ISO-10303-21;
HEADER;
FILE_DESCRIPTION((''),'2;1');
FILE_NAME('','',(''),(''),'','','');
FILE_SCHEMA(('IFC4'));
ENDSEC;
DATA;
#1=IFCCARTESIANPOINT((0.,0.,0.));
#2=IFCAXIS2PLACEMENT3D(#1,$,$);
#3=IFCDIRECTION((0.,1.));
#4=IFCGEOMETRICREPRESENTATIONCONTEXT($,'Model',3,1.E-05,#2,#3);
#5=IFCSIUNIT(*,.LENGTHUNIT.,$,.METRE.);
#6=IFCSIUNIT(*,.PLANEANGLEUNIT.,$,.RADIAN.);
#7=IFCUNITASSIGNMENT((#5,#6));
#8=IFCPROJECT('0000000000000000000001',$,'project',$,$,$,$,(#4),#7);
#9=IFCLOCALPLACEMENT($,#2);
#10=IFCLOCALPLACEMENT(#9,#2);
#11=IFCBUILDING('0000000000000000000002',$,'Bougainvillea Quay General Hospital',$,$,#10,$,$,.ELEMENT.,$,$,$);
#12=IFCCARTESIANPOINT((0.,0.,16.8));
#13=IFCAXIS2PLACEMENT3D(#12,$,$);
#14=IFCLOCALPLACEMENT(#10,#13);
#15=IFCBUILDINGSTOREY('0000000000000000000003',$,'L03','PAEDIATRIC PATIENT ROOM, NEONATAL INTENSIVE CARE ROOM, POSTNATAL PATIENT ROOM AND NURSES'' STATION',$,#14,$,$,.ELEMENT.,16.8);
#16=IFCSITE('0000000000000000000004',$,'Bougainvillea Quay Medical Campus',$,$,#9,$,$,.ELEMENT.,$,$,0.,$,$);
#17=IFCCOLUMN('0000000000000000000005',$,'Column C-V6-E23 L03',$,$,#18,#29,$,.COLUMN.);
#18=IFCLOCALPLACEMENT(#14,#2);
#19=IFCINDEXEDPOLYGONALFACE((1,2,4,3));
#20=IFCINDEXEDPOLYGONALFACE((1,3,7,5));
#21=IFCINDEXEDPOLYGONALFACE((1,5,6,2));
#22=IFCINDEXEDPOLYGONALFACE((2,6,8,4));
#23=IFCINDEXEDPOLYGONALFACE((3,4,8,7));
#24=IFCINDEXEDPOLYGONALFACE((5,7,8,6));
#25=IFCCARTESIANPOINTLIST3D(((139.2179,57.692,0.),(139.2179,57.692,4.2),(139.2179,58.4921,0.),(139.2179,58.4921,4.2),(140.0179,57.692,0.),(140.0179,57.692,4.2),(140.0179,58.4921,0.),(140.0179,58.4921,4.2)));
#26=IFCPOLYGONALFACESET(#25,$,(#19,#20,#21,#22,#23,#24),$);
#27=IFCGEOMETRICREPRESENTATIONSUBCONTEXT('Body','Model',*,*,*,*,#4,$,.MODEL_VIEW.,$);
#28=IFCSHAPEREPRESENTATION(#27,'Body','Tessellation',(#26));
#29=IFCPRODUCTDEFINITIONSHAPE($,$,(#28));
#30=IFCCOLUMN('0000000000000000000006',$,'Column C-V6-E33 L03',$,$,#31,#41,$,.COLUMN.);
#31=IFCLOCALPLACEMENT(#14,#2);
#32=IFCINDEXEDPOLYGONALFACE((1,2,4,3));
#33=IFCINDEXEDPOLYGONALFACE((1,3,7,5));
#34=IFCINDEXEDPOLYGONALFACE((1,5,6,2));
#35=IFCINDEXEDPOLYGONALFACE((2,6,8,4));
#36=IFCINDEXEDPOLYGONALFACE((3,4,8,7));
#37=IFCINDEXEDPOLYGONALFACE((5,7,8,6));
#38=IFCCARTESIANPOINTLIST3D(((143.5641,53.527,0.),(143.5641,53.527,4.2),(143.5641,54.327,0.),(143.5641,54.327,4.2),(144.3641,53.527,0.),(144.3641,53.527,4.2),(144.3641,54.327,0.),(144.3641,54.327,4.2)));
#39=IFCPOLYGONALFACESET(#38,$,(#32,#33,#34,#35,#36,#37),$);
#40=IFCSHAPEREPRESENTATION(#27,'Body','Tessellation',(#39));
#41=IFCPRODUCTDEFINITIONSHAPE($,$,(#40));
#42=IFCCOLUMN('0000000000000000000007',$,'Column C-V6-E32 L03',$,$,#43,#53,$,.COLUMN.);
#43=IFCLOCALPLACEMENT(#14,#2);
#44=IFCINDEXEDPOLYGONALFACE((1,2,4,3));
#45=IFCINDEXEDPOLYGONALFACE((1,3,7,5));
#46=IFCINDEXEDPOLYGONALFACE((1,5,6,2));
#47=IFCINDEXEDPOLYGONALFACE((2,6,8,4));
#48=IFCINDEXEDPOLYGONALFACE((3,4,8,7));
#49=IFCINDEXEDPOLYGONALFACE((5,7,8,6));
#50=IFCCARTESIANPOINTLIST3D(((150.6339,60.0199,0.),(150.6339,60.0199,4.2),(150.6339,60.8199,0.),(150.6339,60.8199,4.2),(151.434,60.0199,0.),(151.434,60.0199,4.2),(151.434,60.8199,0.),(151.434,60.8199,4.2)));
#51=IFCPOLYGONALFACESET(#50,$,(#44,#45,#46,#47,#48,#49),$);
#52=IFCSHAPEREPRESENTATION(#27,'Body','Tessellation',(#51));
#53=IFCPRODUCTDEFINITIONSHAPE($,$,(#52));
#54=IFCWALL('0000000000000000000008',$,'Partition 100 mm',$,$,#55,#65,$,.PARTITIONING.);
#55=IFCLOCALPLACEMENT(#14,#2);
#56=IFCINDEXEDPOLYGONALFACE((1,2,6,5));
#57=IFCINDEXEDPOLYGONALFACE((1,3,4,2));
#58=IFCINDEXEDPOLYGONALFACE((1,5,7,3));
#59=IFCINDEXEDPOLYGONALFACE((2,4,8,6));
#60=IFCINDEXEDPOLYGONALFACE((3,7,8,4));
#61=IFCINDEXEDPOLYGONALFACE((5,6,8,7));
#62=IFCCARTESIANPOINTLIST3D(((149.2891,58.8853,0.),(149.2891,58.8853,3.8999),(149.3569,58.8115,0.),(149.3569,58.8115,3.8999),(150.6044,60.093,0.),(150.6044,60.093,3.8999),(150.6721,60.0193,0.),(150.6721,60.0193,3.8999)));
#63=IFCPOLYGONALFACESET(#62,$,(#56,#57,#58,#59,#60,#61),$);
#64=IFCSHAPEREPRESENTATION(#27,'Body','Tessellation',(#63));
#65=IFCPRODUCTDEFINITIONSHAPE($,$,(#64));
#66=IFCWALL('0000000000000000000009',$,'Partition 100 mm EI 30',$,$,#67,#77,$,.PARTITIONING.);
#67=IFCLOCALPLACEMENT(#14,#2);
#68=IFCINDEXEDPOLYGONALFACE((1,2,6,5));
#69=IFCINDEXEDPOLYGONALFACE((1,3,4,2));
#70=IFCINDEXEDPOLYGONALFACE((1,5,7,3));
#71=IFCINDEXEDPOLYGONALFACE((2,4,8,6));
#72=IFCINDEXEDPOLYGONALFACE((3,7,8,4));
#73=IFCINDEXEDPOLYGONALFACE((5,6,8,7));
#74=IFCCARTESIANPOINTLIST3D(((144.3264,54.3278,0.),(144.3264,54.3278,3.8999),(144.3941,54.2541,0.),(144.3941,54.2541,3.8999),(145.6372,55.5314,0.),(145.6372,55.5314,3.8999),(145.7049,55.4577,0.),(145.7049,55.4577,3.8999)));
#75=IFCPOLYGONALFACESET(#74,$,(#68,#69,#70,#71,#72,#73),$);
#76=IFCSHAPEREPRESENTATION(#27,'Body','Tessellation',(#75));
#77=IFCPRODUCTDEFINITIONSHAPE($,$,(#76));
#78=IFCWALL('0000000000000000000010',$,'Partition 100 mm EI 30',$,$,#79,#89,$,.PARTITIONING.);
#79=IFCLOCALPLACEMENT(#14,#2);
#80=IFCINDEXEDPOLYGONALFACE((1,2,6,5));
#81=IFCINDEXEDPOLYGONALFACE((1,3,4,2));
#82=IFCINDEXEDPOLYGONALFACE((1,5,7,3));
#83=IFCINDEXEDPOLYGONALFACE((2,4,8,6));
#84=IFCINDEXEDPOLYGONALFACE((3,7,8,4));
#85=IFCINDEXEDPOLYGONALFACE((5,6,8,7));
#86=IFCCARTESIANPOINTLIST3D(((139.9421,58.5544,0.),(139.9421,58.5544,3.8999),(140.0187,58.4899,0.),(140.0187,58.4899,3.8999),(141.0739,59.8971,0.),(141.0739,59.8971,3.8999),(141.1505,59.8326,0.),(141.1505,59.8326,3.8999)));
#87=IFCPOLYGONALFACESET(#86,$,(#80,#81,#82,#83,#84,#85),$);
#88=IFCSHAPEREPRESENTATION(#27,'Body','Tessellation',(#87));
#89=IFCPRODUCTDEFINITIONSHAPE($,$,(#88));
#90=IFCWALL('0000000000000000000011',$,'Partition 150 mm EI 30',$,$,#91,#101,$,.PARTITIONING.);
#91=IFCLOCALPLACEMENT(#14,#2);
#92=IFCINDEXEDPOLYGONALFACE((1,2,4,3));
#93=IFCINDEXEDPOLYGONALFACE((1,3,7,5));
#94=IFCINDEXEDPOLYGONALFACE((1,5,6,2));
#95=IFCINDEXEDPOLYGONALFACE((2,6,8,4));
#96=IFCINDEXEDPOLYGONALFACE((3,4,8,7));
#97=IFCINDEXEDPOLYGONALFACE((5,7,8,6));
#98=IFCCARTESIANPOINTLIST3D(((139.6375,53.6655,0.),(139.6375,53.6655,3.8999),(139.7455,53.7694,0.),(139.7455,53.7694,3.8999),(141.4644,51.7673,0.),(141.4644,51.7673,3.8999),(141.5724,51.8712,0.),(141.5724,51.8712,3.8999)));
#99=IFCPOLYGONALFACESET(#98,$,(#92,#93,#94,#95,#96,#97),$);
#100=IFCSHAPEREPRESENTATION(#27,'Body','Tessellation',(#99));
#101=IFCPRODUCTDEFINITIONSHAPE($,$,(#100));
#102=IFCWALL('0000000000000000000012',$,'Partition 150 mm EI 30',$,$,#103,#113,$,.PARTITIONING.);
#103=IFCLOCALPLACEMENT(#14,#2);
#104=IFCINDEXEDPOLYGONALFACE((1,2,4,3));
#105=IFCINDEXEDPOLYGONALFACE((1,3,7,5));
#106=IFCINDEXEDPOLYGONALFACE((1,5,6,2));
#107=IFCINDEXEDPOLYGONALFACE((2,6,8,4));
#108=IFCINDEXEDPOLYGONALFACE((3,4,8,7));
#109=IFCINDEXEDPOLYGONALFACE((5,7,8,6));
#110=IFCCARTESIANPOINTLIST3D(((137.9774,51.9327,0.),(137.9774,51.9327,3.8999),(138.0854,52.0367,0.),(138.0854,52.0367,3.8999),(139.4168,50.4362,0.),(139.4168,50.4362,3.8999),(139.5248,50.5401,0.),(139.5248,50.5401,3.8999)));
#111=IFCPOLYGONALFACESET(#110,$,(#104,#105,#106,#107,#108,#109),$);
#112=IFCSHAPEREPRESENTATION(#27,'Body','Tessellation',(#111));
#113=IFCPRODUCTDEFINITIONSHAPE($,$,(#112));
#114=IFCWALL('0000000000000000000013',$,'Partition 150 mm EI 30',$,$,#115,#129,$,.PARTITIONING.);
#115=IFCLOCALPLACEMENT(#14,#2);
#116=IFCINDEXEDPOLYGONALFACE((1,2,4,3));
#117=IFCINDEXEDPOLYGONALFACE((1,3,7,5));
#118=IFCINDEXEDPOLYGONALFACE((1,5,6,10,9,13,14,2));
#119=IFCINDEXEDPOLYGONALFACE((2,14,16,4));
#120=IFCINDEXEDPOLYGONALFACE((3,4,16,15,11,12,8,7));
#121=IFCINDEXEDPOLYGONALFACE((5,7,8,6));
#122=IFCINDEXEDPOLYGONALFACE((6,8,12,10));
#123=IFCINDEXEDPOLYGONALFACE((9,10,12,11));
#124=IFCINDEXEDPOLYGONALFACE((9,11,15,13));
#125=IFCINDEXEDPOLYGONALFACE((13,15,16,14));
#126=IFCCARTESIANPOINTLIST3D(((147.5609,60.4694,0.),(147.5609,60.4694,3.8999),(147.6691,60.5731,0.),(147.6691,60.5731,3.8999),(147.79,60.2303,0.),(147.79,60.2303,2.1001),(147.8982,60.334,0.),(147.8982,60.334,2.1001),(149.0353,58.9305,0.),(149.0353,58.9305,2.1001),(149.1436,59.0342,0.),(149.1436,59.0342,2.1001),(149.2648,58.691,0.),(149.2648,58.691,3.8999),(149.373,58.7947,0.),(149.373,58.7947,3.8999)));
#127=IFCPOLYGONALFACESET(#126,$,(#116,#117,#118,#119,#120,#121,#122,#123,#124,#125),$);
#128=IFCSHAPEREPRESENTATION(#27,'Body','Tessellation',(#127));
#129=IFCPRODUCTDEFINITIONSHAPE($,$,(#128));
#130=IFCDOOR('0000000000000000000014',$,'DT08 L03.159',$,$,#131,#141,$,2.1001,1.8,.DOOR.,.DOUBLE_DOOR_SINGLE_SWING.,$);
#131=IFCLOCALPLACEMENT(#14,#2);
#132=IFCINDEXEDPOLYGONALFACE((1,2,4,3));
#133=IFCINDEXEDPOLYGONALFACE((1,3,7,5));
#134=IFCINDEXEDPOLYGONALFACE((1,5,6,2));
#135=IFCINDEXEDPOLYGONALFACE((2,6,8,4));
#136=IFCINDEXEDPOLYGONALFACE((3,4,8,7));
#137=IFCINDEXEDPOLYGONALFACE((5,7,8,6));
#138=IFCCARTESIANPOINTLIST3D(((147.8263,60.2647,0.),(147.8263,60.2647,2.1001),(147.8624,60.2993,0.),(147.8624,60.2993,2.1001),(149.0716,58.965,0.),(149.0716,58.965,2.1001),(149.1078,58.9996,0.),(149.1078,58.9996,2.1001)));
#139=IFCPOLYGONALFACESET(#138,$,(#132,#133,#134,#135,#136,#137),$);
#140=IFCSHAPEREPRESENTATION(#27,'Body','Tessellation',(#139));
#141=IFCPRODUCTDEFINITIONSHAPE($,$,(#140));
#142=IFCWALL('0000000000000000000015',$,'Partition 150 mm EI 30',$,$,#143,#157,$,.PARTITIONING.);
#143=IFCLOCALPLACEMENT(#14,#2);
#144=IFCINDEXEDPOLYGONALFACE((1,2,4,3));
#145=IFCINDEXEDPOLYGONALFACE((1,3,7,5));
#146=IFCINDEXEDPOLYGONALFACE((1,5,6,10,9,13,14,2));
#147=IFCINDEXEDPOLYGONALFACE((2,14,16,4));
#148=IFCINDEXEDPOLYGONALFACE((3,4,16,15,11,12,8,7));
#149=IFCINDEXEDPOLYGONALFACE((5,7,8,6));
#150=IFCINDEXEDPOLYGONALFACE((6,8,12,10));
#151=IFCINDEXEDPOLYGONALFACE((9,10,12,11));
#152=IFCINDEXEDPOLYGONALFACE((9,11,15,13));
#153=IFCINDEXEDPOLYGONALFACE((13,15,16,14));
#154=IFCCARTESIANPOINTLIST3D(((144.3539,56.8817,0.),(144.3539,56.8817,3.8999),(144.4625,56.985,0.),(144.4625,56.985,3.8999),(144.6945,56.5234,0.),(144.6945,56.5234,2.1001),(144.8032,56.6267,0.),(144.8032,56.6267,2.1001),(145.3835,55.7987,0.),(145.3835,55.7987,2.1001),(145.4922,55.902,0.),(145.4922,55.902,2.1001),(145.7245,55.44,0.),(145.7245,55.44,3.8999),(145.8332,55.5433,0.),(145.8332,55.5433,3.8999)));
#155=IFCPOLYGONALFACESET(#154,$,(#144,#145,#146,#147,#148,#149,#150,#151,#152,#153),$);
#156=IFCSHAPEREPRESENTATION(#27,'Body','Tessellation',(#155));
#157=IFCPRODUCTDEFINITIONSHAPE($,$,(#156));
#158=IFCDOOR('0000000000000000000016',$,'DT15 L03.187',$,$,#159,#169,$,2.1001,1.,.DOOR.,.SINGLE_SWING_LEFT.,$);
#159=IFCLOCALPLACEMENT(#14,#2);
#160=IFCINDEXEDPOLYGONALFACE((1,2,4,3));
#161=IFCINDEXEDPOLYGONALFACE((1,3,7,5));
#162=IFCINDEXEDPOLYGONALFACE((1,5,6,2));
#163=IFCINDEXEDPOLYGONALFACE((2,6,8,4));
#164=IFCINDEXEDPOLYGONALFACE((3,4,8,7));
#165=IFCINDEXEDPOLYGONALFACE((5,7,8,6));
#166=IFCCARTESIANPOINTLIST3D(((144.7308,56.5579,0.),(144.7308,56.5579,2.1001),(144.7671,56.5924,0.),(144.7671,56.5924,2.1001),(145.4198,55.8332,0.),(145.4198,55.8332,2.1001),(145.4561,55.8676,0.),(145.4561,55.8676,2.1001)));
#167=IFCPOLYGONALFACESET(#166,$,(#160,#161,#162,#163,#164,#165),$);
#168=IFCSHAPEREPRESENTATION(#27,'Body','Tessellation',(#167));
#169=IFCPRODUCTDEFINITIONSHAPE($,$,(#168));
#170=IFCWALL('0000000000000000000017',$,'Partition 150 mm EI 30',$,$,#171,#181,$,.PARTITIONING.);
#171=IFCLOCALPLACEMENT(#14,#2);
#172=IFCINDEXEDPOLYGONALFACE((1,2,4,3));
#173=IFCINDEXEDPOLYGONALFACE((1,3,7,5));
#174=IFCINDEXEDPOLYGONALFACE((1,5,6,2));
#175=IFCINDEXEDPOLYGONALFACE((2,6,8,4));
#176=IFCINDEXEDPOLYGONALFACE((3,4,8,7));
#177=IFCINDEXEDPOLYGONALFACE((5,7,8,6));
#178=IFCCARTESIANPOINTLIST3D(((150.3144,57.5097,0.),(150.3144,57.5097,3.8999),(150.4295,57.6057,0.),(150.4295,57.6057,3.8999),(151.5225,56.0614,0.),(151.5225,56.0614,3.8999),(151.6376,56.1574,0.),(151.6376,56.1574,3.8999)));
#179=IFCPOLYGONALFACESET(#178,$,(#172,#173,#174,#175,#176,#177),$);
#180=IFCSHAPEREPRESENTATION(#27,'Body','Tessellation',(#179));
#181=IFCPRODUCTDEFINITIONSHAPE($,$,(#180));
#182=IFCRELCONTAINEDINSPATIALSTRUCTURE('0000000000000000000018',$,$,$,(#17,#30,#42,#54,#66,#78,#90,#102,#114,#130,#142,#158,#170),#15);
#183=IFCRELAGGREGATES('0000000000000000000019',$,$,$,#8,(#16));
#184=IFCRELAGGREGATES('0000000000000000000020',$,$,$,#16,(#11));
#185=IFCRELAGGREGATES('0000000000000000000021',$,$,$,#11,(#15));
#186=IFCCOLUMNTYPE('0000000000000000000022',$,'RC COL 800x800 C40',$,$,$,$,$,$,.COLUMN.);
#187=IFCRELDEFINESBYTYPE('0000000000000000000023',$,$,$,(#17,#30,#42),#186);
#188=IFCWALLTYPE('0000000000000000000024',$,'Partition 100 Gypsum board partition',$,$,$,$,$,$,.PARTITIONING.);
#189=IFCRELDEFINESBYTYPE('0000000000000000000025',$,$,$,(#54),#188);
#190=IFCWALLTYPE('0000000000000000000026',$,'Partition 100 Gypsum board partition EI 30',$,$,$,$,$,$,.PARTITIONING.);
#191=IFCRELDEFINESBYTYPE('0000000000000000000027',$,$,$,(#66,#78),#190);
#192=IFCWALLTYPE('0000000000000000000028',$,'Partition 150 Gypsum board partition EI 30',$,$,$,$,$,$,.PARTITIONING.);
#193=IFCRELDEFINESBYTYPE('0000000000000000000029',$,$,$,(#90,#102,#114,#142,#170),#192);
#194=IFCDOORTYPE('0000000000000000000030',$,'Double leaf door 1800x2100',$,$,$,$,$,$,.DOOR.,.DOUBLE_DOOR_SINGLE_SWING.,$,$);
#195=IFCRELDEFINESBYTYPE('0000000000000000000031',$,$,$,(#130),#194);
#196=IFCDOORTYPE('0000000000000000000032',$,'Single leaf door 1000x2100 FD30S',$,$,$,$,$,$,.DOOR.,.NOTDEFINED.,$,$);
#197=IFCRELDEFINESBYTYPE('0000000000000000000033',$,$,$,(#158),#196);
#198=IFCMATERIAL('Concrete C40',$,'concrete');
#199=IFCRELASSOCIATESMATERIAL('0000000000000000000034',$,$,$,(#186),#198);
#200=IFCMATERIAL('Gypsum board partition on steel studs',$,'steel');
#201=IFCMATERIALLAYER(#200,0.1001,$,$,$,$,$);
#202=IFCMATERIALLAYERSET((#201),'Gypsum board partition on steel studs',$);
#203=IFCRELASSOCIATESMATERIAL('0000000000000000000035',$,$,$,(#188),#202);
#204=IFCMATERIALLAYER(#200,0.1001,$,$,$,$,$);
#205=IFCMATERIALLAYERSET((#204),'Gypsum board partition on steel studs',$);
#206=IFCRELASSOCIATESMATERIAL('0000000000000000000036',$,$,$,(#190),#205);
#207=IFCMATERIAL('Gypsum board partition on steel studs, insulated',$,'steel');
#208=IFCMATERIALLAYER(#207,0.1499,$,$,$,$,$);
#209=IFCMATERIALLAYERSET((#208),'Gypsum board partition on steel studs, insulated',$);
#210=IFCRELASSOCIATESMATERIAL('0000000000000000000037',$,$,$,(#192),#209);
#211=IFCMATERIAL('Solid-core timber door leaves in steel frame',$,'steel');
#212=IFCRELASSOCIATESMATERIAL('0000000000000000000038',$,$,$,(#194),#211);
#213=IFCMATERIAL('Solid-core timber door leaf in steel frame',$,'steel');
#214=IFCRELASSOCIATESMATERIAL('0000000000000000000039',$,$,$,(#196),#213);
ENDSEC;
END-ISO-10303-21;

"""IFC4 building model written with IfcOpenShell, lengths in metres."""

from ifc_helpers import new_model, si_unit, direction, frame, frame_2d, origin, origin_2d, place, context, subcontext, project, spatial, rectangle, extrude, material, layer, layer_set, material_profile, profile_set, type_object, element, fill, save


model = new_model("IFC4")

# Units and contexts
model_context = context("Model", 3, precision=1e-05, world=origin(), true_north=direction((0.0, 1.0)))
body_context = subcontext(model_context, "Body", "Model", "MODEL_VIEW")
ifc_project = project(units=[si_unit("LENGTHUNIT", "METRE"), si_unit("PLANEANGLEUNIT", "RADIAN")], contexts=[model_context])

# Site, building, storey
site_placement = place(None, origin())
site = spatial("IfcSite", under=ifc_project, at=site_placement, Name="Bougainvillea Quay Medical Campus", CompositionType="ELEMENT", RefElevation=0.0)
building_placement = place(site_placement, origin())
building = spatial("IfcBuilding", under=site, at=building_placement, Name="Bougainvillea Quay General Hospital", CompositionType="ELEMENT")
storey_placement = place(building_placement, frame((0.0, 0.0, 16.8)))
storey = spatial("IfcBuildingStorey", under=building, at=storey_placement, Name="L03", Description="PAEDIATRIC PATIENT ROOM, NEONATAL INTENSIVE CARE ROOM, POSTNATAL PATIENT ROOM AND NURSES' STATION", CompositionType="ELEMENT", Elevation=16.8)

# Columns
ifc_material_1 = material(Name="Concrete C40", Category="concrete")
ifc_material_profile = material_profile(ifc_material_1, rectangle(XDim=0.8, YDim=0.8, at=origin_2d()))
ifc_profile_set = profile_set([ifc_material_profile], Name="Concrete C40")
column_type = type_object("IfcColumnType", Name="RC COL 800x800 C40", PredefinedType="COLUMN", material=ifc_profile_set)
for number, where, z_axis, x_axis, name in (
    (1, (139.6179, 58.092, 0.0), (0.0, 0.0, 1.0), (1.0, 0.0, 0.0), "Column C-V6-E23 L03"),
    (2, (143.9641, 53.927, 0.0), (0.0, 0.0, 1.0), (1.0, 0.0, 0.0), "Column C-V6-E33 L03"),
    (3, (151.0339, 60.4199, 0.0), (0.0, 0.0, 1.0), (1.0, 0.0, 0.0), "Column C-V6-E32 L03"),
):
    element("IfcColumn", number, at=place(storey_placement, frame(where, z_axis=z_axis, x_axis=x_axis)), inside=storey, type_object=column_type, Name=name, PredefinedType="COLUMN", context=body_context, shape_type="SweptSolid", body=[
        extrude(rectangle(XDim=0.8, YDim=0.8, at=origin_2d()), origin(), (0.0, 0.0, 1.0), 4.2),
    ])

# Walls
ifc_material_2 = material(Name="Gypsum board partition on steel studs", Category="steel")
ifc_layer_1 = layer(ifc_material_2, 0.1001)
ifc_layer_set_1 = layer_set([ifc_layer_1], Name="Gypsum board partition on steel studs")
wall_type_1 = type_object("IfcWallType", Name="Partition 100 Gypsum board partition", PredefinedType="PARTITIONING", material=ifc_layer_set_1)
wall_1_placement = place(storey_placement, frame((149.323, 58.8484, 0.0), z_axis=(0.0, 0.0, 1.0), x_axis=(0.736547, 0.676387, 0.0)))
element("IfcWall", 4, at=wall_1_placement, inside=storey, type_object=wall_type_1, Name="Partition 100 mm", PredefinedType="PARTITIONING", context=body_context, shape_type="SweptSolid", body=[
    extrude(rectangle(XDim=1.7856, YDim=0.1001, at=frame_2d((0.8928, 0.0))), origin(), (0.0, 0.0, 1.0), 3.8999),
])
ifc_layer_2 = layer(ifc_material_2, 0.1001)
ifc_layer_set_2 = layer_set([ifc_layer_2], Name="Gypsum board partition on steel studs")
wall_type_2 = type_object("IfcWallType", Name="Partition 100 Gypsum board partition EI 30", PredefinedType="PARTITIONING", material=ifc_layer_set_2)
wall_2_placement = place(storey_placement, frame((144.3604, 54.291, 0.0), z_axis=(0.0, 0.0, 1.0), x_axis=(0.736579, 0.676352, 0.0)))
element("IfcWall", 5, at=wall_2_placement, inside=storey, type_object=wall_type_2, Name="Partition 100 mm EI 30", PredefinedType="PARTITIONING", context=body_context, shape_type="SweptSolid", body=[
    extrude(rectangle(XDim=1.7795, YDim=0.1001, at=frame_2d((0.8896, 0.0))), origin(), (0.0, 0.0, 1.0), 3.8999),
])
wall_3_placement = place(storey_placement, frame((139.9805, 58.5222, 0.0), z_axis=(0.0, 0.0, 1.0), x_axis=(0.644495, 0.764608, 0.0)))
element("IfcWall", 6, at=wall_3_placement, inside=storey, type_object=wall_type_2, Name="Partition 100 mm EI 30", PredefinedType="PARTITIONING", context=body_context, shape_type="SweptSolid", body=[
    extrude(rectangle(XDim=1.7561, YDim=0.1001, at=frame_2d((0.8779, 0.0))), origin(), (0.0, 0.0, 1.0), 3.8999),
])
ifc_material_3 = material(Name="Gypsum board partition on steel studs, insulated", Category="steel")
ifc_layer_3 = layer(ifc_material_3, 0.1499)
ifc_layer_set_3 = layer_set([ifc_layer_3], Name="Gypsum board partition on steel studs, insulated")
wall_type_3 = type_object("IfcWallType", Name="Partition 150 Gypsum board partition EI 30", PredefinedType="PARTITIONING", material=ifc_layer_set_3)
wall_4_placement = place(storey_placement, frame((139.6914, 53.7175, 0.0), z_axis=(0.0, 0.0, 1.0), x_axis=(0.693448, -0.720507, 0.0)))
element("IfcWall", 7, at=wall_4_placement, inside=storey, type_object=wall_type_3, Name="Partition 150 mm EI 30", PredefinedType="PARTITIONING", context=body_context, shape_type="SweptSolid", body=[
    extrude(rectangle(XDim=2.6345, YDim=0.1499, at=frame_2d((1.3174, 0.0))), origin(), (0.0, 0.0, 1.0), 3.8999),
])
wall_5_placement = place(storey_placement, frame((138.0315, 51.9846, 0.0), z_axis=(0.0, 0.0, 1.0), x_axis=(0.693217, -0.720729, 0.0)))
element("IfcWall", 8, at=wall_5_placement, inside=storey, type_object=wall_type_3, Name="Partition 150 mm EI 30", PredefinedType="PARTITIONING", context=body_context, shape_type="SweptSolid", body=[
    extrude(rectangle(XDim=2.0764, YDim=0.1499, at=frame_2d((1.0381, 0.0))), origin(), (0.0, 0.0, 1.0), 3.8999),
])

# Walls, openings, doors
wall_6_placement = place(storey_placement, frame((147.615, 60.5212, 0.0), z_axis=(0.0, 0.0, 1.0), x_axis=(0.691828, -0.722062, 0.0)))
wall_6 = element("IfcWall", 9, at=wall_6_placement, inside=storey, type_object=wall_type_3, Name="Partition 150 mm EI 30", PredefinedType="PARTITIONING", context=body_context, shape_type="SweptSolid", body=[
    extrude(rectangle(XDim=2.4629, YDim=0.1499, at=frame_2d((1.2314, 0.0))), origin(), (0.0, 0.0, 1.0), 3.8999),
])
opening_1_placement = place(wall_6_placement, frame((0.3313, 0.0, 0.0)))
opening_1 = element("IfcOpeningElement", 10, at=opening_1_placement, cuts=wall_6, PredefinedType="OPENING", context=body_context, shape_type="SweptSolid", body=[
    extrude(rectangle(XDim=1.8, YDim=2.1001, at=frame_2d((0.8999, 1.05))), frame((0.0, 0.085, 0.0), z_axis=(0.0, -1.0, 0.0), x_axis=(1.0, 0.0, 0.0)), (0.0, 0.0, 1.0), 0.1699),
])
ifc_material_4 = material(Name="Solid-core timber door leaves in steel frame", Category="steel")
door_type_1 = type_object("IfcDoorType", Name="Double leaf door 1800x2100", OperationType="DOUBLE_DOOR_SINGLE_SWING", PredefinedType="DOOR", material=ifc_material_4)
door_1_placement = place(opening_1_placement, frame((1.8, 0.0, 0.0), z_axis=(0.0, 0.0, 1.0), x_axis=(-1.0, 0.0, 0.0)))
door_1 = element("IfcDoor", 11, at=door_1_placement, inside=storey, type_object=door_type_1, Name="DT08 L03.159", OperationType="DOUBLE_DOOR_SINGLE_SWING", OverallHeight=2.1001, OverallWidth=1.8, PredefinedType="DOOR", context=body_context, shape_type="SweptSolid", body=[
    extrude(rectangle(XDim=1.8, YDim=2.1001, at=frame_2d((0.8999, 1.05))), frame((0.0, 0.0249, 0.0), z_axis=(0.0, -1.0, 0.0), x_axis=(1.0, 0.0, 0.0)), (0.0, 0.0, 1.0), 0.05),
])
fill(opening_1, door_1)
wall_7_placement = place(storey_placement, frame((144.4082, 56.9333, 0.0), z_axis=(0.0, 0.0, 1.0), x_axis=(0.689024, -0.724739, 0.0)))
wall_7 = element("IfcWall", 12, at=wall_7_placement, inside=storey, type_object=wall_type_3, Name="Partition 150 mm EI 30", PredefinedType="PARTITIONING", context=body_context, shape_type="SweptSolid", body=[
    extrude(rectangle(XDim=1.9893, YDim=0.1499, at=frame_2d((0.9946, 0.0))), origin(), (0.0, 0.0, 1.0), 3.8999),
])
opening_2_placement = place(wall_7_placement, frame((0.4944, 0.0, 0.0)))
opening_2 = element("IfcOpeningElement", 13, at=opening_2_placement, cuts=wall_7, PredefinedType="OPENING", context=body_context, shape_type="SweptSolid", body=[
    extrude(rectangle(XDim=1.0, YDim=2.1001, at=frame_2d((0.5, 1.05))), frame((0.0, 0.085, 0.0), z_axis=(0.0, -1.0, 0.0), x_axis=(1.0, 0.0, 0.0)), (0.0, 0.0, 1.0), 0.1699),
])
ifc_material_5 = material(Name="Solid-core timber door leaf in steel frame", Category="steel")
door_type_2 = type_object("IfcDoorType", Name="Single leaf door 1000x2100 FD30S", OperationType="NOTDEFINED", PredefinedType="DOOR", material=ifc_material_5)
door_2_placement = place(opening_2_placement, frame((1.0, 0.0, 0.0), z_axis=(0.0, 0.0, 1.0), x_axis=(-1.0, 0.0, 0.0)))
door_2 = element("IfcDoor", 14, at=door_2_placement, inside=storey, type_object=door_type_2, Name="DT15 L03.187", OperationType="SINGLE_SWING_LEFT", OverallHeight=2.1001, OverallWidth=1.0, PredefinedType="DOOR", context=body_context, shape_type="SweptSolid", body=[
    extrude(rectangle(XDim=1.0, YDim=2.1001, at=frame_2d((0.5, 1.05))), frame((0.0, 0.0249, 0.0), z_axis=(0.0, -1.0, 0.0), x_axis=(1.0, 0.0, 0.0)), (0.0, 0.0, 1.0), 0.05),
])
fill(opening_2, door_2)

# Wall
wall_8_placement = place(storey_placement, frame((150.3721, 57.5576, 0.0), z_axis=(0.0, 0.0, 1.0), x_axis=(0.640541, -0.767924, 0.0)))
element("IfcWall", 15, at=wall_8_placement, inside=storey, type_object=wall_type_3, Name="Partition 150 mm EI 30", PredefinedType="PARTITIONING", context=body_context, shape_type="SweptSolid", body=[
    extrude(rectangle(XDim=1.886, YDim=0.1499, at=frame_2d((0.9429, 0.0))), origin(), (0.0, 0.0, 1.0), 3.8999),
])

save(model, "model.ifc")
